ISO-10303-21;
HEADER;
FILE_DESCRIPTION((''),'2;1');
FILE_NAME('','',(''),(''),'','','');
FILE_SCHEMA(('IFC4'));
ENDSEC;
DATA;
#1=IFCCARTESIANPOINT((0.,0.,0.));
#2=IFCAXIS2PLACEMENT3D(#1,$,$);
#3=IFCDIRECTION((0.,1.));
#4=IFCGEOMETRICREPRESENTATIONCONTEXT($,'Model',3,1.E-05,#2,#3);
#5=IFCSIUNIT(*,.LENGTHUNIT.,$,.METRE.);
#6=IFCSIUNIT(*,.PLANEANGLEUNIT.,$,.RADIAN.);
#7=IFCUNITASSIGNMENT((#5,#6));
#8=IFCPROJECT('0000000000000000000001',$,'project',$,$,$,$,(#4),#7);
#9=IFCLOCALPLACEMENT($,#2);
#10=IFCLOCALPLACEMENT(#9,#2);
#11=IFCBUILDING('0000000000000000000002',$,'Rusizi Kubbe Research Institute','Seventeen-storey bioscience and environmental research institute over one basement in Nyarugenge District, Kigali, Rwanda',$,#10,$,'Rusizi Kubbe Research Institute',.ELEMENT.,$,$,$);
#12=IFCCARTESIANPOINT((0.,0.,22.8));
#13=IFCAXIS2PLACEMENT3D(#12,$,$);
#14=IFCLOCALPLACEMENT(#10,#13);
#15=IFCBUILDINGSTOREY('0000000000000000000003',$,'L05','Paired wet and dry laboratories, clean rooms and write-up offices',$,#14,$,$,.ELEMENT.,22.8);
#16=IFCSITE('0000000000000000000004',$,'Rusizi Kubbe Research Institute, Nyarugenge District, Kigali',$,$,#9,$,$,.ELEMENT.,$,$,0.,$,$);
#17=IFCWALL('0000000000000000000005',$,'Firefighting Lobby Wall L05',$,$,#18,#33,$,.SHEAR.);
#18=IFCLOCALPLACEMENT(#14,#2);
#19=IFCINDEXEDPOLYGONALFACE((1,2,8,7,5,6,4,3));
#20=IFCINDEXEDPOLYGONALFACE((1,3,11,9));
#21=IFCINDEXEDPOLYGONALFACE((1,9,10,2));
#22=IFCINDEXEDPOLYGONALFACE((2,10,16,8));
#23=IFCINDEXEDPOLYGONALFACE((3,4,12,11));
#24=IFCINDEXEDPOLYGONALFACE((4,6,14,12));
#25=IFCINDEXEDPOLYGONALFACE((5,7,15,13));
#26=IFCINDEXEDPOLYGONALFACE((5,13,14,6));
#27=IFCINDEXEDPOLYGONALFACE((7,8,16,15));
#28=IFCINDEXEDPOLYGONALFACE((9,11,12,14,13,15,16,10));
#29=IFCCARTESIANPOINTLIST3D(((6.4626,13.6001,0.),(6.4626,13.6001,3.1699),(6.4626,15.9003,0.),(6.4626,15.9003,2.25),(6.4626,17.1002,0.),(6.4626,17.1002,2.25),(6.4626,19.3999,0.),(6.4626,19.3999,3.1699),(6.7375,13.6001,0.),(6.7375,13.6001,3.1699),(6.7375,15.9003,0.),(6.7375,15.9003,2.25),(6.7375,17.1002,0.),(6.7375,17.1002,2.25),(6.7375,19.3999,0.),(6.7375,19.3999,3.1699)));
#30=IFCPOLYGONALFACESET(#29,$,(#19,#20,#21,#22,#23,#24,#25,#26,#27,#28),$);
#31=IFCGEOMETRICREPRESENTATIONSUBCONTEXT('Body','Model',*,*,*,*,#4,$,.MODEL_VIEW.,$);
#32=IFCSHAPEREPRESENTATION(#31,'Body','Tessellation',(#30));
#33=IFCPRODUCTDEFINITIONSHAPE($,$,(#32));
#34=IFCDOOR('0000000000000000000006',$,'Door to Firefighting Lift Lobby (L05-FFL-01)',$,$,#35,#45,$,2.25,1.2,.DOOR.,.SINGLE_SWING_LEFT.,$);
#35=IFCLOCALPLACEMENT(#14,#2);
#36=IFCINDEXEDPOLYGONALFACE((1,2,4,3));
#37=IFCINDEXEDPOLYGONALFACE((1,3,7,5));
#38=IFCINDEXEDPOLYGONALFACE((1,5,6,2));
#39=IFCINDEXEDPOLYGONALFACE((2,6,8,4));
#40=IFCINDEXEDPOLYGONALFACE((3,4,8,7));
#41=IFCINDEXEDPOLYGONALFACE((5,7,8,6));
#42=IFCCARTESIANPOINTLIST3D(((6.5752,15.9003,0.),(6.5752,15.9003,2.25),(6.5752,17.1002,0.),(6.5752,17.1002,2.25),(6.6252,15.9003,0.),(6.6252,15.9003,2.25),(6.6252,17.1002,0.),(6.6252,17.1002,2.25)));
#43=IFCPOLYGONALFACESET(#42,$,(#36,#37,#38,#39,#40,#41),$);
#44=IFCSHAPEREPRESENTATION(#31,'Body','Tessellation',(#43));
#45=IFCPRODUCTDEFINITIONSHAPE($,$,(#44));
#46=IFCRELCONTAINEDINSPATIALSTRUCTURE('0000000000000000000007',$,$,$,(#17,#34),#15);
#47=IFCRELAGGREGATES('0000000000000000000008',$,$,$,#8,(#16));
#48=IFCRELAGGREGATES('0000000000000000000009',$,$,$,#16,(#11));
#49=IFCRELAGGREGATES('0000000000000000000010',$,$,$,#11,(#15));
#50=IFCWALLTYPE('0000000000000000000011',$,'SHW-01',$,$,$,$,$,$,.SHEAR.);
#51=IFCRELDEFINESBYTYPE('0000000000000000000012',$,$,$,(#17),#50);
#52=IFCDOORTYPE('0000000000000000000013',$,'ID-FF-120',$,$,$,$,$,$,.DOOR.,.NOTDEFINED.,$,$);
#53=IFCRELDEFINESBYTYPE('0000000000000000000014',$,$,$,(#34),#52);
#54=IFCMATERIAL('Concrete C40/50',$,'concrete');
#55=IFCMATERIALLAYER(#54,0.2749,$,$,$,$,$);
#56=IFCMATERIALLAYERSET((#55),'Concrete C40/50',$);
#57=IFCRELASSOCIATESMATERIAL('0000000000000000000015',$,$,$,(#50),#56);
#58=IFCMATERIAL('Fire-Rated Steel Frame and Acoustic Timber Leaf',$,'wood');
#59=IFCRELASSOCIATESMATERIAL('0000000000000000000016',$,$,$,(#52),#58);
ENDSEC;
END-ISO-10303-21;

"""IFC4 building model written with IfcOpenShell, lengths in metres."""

from ifc_helpers import new_model, si_unit, direction, frame, frame_2d, origin, place, context, subcontext, project, spatial, rectangle, extrude, material, layer, layer_set, type_object, element, fill, save


model = new_model("IFC4")

# Units and contexts
model_context = context("Model", 3, precision=1e-05, world=origin(), true_north=direction((0.0, 1.0)))
body_context = subcontext(model_context, "Body", "Model", "MODEL_VIEW")
ifc_project = project(units=[si_unit("LENGTHUNIT", "METRE"), si_unit("PLANEANGLEUNIT", "RADIAN")], contexts=[model_context])

# Site, building, storey
site_placement = place(None, origin())
site = spatial("IfcSite", under=ifc_project, at=site_placement, Name="Rusizi Kubbe Research Institute, Nyarugenge District, Kigali", CompositionType="ELEMENT", RefElevation=0.0)
building_placement = place(site_placement, origin())
building = spatial("IfcBuilding", under=site, at=building_placement, Name="Rusizi Kubbe Research Institute", Description="Seventeen-storey bioscience and environmental research institute over one basement in Nyarugenge District, Kigali, Rwanda", LongName="Rusizi Kubbe Research Institute", CompositionType="ELEMENT")
storey_placement = place(building_placement, frame((0.0, 0.0, 22.8)))
storey = spatial("IfcBuildingStorey", under=building, at=storey_placement, Name="L05", Description="Paired wet and dry laboratories, clean rooms and write-up offices", CompositionType="ELEMENT", Elevation=22.8)

# Wall, opening, door
ifc_material_1 = material(Name="Concrete C40/50", Category="concrete")
ifc_layer_1 = layer(ifc_material_1, 0.2749)
ifc_layer_set_1 = layer_set([ifc_layer_1], Name="Concrete C40/50")
wall_type_1 = type_object("IfcWallType", Name="SHW-01", PredefinedType="SHEAR", material=ifc_layer_set_1)
wall_1_placement = place(storey_placement, frame((6.6001, 13.6001, 0.0), z_axis=(0.0, 0.0, 1.0), x_axis=(0.0, 1.0, 0.0)))
wall_1 = element("IfcWall", 1, at=wall_1_placement, inside=storey, type_object=wall_type_1, Name="Firefighting Lobby Wall L05", PredefinedType="SHEAR", context=body_context, shape_type="SweptSolid", body=[
    extrude(rectangle(XDim=5.7998, YDim=0.2749, at=frame_2d((2.8999, 0.0))), origin(), (0.0, 0.0, 1.0), 3.1699),
])
opening_1_placement = place(wall_1_placement, frame((2.3, 0.0, 0.0)))
opening_1 = element("IfcOpeningElement", 2, at=opening_1_placement, cuts=wall_1, PredefinedType="OPENING", context=body_context, shape_type="SweptSolid", body=[
    extrude(rectangle(XDim=1.2, YDim=2.25, at=frame_2d((0.6001, 1.125))), frame((0.0, 0.1475, 0.0), z_axis=(0.0, -1.0, 0.0), x_axis=(1.0, 0.0, 0.0)), (0.0, 0.0, 1.0), 0.2949),
])
ifc_material_2 = material(Name="Fire-Rated Steel Frame and Acoustic Timber Leaf", Category="wood")
door_type_1 = type_object("IfcDoorType", Name="ID-FF-120", OperationType="NOTDEFINED", PredefinedType="DOOR", material=ifc_material_2)
door_1_placement = place(opening_1_placement, origin())
door_1 = element("IfcDoor", 3, at=door_1_placement, inside=storey, type_object=door_type_1, Name="Door to Firefighting Lift Lobby (L05-FFL-01)", OperationType="SINGLE_SWING_LEFT", OverallHeight=2.25, OverallWidth=1.2, PredefinedType="DOOR", context=body_context, shape_type="SweptSolid", body=[
    extrude(rectangle(XDim=1.2, YDim=2.25, at=frame_2d((0.6001, 1.125))), frame((0.0, 0.0249, 0.0), z_axis=(0.0, -1.0, 0.0), x_axis=(1.0, 0.0, 0.0)), (0.0, 0.0, 1.0), 0.05),
])
fill(opening_1, door_1)

save(model, "model.ifc")
